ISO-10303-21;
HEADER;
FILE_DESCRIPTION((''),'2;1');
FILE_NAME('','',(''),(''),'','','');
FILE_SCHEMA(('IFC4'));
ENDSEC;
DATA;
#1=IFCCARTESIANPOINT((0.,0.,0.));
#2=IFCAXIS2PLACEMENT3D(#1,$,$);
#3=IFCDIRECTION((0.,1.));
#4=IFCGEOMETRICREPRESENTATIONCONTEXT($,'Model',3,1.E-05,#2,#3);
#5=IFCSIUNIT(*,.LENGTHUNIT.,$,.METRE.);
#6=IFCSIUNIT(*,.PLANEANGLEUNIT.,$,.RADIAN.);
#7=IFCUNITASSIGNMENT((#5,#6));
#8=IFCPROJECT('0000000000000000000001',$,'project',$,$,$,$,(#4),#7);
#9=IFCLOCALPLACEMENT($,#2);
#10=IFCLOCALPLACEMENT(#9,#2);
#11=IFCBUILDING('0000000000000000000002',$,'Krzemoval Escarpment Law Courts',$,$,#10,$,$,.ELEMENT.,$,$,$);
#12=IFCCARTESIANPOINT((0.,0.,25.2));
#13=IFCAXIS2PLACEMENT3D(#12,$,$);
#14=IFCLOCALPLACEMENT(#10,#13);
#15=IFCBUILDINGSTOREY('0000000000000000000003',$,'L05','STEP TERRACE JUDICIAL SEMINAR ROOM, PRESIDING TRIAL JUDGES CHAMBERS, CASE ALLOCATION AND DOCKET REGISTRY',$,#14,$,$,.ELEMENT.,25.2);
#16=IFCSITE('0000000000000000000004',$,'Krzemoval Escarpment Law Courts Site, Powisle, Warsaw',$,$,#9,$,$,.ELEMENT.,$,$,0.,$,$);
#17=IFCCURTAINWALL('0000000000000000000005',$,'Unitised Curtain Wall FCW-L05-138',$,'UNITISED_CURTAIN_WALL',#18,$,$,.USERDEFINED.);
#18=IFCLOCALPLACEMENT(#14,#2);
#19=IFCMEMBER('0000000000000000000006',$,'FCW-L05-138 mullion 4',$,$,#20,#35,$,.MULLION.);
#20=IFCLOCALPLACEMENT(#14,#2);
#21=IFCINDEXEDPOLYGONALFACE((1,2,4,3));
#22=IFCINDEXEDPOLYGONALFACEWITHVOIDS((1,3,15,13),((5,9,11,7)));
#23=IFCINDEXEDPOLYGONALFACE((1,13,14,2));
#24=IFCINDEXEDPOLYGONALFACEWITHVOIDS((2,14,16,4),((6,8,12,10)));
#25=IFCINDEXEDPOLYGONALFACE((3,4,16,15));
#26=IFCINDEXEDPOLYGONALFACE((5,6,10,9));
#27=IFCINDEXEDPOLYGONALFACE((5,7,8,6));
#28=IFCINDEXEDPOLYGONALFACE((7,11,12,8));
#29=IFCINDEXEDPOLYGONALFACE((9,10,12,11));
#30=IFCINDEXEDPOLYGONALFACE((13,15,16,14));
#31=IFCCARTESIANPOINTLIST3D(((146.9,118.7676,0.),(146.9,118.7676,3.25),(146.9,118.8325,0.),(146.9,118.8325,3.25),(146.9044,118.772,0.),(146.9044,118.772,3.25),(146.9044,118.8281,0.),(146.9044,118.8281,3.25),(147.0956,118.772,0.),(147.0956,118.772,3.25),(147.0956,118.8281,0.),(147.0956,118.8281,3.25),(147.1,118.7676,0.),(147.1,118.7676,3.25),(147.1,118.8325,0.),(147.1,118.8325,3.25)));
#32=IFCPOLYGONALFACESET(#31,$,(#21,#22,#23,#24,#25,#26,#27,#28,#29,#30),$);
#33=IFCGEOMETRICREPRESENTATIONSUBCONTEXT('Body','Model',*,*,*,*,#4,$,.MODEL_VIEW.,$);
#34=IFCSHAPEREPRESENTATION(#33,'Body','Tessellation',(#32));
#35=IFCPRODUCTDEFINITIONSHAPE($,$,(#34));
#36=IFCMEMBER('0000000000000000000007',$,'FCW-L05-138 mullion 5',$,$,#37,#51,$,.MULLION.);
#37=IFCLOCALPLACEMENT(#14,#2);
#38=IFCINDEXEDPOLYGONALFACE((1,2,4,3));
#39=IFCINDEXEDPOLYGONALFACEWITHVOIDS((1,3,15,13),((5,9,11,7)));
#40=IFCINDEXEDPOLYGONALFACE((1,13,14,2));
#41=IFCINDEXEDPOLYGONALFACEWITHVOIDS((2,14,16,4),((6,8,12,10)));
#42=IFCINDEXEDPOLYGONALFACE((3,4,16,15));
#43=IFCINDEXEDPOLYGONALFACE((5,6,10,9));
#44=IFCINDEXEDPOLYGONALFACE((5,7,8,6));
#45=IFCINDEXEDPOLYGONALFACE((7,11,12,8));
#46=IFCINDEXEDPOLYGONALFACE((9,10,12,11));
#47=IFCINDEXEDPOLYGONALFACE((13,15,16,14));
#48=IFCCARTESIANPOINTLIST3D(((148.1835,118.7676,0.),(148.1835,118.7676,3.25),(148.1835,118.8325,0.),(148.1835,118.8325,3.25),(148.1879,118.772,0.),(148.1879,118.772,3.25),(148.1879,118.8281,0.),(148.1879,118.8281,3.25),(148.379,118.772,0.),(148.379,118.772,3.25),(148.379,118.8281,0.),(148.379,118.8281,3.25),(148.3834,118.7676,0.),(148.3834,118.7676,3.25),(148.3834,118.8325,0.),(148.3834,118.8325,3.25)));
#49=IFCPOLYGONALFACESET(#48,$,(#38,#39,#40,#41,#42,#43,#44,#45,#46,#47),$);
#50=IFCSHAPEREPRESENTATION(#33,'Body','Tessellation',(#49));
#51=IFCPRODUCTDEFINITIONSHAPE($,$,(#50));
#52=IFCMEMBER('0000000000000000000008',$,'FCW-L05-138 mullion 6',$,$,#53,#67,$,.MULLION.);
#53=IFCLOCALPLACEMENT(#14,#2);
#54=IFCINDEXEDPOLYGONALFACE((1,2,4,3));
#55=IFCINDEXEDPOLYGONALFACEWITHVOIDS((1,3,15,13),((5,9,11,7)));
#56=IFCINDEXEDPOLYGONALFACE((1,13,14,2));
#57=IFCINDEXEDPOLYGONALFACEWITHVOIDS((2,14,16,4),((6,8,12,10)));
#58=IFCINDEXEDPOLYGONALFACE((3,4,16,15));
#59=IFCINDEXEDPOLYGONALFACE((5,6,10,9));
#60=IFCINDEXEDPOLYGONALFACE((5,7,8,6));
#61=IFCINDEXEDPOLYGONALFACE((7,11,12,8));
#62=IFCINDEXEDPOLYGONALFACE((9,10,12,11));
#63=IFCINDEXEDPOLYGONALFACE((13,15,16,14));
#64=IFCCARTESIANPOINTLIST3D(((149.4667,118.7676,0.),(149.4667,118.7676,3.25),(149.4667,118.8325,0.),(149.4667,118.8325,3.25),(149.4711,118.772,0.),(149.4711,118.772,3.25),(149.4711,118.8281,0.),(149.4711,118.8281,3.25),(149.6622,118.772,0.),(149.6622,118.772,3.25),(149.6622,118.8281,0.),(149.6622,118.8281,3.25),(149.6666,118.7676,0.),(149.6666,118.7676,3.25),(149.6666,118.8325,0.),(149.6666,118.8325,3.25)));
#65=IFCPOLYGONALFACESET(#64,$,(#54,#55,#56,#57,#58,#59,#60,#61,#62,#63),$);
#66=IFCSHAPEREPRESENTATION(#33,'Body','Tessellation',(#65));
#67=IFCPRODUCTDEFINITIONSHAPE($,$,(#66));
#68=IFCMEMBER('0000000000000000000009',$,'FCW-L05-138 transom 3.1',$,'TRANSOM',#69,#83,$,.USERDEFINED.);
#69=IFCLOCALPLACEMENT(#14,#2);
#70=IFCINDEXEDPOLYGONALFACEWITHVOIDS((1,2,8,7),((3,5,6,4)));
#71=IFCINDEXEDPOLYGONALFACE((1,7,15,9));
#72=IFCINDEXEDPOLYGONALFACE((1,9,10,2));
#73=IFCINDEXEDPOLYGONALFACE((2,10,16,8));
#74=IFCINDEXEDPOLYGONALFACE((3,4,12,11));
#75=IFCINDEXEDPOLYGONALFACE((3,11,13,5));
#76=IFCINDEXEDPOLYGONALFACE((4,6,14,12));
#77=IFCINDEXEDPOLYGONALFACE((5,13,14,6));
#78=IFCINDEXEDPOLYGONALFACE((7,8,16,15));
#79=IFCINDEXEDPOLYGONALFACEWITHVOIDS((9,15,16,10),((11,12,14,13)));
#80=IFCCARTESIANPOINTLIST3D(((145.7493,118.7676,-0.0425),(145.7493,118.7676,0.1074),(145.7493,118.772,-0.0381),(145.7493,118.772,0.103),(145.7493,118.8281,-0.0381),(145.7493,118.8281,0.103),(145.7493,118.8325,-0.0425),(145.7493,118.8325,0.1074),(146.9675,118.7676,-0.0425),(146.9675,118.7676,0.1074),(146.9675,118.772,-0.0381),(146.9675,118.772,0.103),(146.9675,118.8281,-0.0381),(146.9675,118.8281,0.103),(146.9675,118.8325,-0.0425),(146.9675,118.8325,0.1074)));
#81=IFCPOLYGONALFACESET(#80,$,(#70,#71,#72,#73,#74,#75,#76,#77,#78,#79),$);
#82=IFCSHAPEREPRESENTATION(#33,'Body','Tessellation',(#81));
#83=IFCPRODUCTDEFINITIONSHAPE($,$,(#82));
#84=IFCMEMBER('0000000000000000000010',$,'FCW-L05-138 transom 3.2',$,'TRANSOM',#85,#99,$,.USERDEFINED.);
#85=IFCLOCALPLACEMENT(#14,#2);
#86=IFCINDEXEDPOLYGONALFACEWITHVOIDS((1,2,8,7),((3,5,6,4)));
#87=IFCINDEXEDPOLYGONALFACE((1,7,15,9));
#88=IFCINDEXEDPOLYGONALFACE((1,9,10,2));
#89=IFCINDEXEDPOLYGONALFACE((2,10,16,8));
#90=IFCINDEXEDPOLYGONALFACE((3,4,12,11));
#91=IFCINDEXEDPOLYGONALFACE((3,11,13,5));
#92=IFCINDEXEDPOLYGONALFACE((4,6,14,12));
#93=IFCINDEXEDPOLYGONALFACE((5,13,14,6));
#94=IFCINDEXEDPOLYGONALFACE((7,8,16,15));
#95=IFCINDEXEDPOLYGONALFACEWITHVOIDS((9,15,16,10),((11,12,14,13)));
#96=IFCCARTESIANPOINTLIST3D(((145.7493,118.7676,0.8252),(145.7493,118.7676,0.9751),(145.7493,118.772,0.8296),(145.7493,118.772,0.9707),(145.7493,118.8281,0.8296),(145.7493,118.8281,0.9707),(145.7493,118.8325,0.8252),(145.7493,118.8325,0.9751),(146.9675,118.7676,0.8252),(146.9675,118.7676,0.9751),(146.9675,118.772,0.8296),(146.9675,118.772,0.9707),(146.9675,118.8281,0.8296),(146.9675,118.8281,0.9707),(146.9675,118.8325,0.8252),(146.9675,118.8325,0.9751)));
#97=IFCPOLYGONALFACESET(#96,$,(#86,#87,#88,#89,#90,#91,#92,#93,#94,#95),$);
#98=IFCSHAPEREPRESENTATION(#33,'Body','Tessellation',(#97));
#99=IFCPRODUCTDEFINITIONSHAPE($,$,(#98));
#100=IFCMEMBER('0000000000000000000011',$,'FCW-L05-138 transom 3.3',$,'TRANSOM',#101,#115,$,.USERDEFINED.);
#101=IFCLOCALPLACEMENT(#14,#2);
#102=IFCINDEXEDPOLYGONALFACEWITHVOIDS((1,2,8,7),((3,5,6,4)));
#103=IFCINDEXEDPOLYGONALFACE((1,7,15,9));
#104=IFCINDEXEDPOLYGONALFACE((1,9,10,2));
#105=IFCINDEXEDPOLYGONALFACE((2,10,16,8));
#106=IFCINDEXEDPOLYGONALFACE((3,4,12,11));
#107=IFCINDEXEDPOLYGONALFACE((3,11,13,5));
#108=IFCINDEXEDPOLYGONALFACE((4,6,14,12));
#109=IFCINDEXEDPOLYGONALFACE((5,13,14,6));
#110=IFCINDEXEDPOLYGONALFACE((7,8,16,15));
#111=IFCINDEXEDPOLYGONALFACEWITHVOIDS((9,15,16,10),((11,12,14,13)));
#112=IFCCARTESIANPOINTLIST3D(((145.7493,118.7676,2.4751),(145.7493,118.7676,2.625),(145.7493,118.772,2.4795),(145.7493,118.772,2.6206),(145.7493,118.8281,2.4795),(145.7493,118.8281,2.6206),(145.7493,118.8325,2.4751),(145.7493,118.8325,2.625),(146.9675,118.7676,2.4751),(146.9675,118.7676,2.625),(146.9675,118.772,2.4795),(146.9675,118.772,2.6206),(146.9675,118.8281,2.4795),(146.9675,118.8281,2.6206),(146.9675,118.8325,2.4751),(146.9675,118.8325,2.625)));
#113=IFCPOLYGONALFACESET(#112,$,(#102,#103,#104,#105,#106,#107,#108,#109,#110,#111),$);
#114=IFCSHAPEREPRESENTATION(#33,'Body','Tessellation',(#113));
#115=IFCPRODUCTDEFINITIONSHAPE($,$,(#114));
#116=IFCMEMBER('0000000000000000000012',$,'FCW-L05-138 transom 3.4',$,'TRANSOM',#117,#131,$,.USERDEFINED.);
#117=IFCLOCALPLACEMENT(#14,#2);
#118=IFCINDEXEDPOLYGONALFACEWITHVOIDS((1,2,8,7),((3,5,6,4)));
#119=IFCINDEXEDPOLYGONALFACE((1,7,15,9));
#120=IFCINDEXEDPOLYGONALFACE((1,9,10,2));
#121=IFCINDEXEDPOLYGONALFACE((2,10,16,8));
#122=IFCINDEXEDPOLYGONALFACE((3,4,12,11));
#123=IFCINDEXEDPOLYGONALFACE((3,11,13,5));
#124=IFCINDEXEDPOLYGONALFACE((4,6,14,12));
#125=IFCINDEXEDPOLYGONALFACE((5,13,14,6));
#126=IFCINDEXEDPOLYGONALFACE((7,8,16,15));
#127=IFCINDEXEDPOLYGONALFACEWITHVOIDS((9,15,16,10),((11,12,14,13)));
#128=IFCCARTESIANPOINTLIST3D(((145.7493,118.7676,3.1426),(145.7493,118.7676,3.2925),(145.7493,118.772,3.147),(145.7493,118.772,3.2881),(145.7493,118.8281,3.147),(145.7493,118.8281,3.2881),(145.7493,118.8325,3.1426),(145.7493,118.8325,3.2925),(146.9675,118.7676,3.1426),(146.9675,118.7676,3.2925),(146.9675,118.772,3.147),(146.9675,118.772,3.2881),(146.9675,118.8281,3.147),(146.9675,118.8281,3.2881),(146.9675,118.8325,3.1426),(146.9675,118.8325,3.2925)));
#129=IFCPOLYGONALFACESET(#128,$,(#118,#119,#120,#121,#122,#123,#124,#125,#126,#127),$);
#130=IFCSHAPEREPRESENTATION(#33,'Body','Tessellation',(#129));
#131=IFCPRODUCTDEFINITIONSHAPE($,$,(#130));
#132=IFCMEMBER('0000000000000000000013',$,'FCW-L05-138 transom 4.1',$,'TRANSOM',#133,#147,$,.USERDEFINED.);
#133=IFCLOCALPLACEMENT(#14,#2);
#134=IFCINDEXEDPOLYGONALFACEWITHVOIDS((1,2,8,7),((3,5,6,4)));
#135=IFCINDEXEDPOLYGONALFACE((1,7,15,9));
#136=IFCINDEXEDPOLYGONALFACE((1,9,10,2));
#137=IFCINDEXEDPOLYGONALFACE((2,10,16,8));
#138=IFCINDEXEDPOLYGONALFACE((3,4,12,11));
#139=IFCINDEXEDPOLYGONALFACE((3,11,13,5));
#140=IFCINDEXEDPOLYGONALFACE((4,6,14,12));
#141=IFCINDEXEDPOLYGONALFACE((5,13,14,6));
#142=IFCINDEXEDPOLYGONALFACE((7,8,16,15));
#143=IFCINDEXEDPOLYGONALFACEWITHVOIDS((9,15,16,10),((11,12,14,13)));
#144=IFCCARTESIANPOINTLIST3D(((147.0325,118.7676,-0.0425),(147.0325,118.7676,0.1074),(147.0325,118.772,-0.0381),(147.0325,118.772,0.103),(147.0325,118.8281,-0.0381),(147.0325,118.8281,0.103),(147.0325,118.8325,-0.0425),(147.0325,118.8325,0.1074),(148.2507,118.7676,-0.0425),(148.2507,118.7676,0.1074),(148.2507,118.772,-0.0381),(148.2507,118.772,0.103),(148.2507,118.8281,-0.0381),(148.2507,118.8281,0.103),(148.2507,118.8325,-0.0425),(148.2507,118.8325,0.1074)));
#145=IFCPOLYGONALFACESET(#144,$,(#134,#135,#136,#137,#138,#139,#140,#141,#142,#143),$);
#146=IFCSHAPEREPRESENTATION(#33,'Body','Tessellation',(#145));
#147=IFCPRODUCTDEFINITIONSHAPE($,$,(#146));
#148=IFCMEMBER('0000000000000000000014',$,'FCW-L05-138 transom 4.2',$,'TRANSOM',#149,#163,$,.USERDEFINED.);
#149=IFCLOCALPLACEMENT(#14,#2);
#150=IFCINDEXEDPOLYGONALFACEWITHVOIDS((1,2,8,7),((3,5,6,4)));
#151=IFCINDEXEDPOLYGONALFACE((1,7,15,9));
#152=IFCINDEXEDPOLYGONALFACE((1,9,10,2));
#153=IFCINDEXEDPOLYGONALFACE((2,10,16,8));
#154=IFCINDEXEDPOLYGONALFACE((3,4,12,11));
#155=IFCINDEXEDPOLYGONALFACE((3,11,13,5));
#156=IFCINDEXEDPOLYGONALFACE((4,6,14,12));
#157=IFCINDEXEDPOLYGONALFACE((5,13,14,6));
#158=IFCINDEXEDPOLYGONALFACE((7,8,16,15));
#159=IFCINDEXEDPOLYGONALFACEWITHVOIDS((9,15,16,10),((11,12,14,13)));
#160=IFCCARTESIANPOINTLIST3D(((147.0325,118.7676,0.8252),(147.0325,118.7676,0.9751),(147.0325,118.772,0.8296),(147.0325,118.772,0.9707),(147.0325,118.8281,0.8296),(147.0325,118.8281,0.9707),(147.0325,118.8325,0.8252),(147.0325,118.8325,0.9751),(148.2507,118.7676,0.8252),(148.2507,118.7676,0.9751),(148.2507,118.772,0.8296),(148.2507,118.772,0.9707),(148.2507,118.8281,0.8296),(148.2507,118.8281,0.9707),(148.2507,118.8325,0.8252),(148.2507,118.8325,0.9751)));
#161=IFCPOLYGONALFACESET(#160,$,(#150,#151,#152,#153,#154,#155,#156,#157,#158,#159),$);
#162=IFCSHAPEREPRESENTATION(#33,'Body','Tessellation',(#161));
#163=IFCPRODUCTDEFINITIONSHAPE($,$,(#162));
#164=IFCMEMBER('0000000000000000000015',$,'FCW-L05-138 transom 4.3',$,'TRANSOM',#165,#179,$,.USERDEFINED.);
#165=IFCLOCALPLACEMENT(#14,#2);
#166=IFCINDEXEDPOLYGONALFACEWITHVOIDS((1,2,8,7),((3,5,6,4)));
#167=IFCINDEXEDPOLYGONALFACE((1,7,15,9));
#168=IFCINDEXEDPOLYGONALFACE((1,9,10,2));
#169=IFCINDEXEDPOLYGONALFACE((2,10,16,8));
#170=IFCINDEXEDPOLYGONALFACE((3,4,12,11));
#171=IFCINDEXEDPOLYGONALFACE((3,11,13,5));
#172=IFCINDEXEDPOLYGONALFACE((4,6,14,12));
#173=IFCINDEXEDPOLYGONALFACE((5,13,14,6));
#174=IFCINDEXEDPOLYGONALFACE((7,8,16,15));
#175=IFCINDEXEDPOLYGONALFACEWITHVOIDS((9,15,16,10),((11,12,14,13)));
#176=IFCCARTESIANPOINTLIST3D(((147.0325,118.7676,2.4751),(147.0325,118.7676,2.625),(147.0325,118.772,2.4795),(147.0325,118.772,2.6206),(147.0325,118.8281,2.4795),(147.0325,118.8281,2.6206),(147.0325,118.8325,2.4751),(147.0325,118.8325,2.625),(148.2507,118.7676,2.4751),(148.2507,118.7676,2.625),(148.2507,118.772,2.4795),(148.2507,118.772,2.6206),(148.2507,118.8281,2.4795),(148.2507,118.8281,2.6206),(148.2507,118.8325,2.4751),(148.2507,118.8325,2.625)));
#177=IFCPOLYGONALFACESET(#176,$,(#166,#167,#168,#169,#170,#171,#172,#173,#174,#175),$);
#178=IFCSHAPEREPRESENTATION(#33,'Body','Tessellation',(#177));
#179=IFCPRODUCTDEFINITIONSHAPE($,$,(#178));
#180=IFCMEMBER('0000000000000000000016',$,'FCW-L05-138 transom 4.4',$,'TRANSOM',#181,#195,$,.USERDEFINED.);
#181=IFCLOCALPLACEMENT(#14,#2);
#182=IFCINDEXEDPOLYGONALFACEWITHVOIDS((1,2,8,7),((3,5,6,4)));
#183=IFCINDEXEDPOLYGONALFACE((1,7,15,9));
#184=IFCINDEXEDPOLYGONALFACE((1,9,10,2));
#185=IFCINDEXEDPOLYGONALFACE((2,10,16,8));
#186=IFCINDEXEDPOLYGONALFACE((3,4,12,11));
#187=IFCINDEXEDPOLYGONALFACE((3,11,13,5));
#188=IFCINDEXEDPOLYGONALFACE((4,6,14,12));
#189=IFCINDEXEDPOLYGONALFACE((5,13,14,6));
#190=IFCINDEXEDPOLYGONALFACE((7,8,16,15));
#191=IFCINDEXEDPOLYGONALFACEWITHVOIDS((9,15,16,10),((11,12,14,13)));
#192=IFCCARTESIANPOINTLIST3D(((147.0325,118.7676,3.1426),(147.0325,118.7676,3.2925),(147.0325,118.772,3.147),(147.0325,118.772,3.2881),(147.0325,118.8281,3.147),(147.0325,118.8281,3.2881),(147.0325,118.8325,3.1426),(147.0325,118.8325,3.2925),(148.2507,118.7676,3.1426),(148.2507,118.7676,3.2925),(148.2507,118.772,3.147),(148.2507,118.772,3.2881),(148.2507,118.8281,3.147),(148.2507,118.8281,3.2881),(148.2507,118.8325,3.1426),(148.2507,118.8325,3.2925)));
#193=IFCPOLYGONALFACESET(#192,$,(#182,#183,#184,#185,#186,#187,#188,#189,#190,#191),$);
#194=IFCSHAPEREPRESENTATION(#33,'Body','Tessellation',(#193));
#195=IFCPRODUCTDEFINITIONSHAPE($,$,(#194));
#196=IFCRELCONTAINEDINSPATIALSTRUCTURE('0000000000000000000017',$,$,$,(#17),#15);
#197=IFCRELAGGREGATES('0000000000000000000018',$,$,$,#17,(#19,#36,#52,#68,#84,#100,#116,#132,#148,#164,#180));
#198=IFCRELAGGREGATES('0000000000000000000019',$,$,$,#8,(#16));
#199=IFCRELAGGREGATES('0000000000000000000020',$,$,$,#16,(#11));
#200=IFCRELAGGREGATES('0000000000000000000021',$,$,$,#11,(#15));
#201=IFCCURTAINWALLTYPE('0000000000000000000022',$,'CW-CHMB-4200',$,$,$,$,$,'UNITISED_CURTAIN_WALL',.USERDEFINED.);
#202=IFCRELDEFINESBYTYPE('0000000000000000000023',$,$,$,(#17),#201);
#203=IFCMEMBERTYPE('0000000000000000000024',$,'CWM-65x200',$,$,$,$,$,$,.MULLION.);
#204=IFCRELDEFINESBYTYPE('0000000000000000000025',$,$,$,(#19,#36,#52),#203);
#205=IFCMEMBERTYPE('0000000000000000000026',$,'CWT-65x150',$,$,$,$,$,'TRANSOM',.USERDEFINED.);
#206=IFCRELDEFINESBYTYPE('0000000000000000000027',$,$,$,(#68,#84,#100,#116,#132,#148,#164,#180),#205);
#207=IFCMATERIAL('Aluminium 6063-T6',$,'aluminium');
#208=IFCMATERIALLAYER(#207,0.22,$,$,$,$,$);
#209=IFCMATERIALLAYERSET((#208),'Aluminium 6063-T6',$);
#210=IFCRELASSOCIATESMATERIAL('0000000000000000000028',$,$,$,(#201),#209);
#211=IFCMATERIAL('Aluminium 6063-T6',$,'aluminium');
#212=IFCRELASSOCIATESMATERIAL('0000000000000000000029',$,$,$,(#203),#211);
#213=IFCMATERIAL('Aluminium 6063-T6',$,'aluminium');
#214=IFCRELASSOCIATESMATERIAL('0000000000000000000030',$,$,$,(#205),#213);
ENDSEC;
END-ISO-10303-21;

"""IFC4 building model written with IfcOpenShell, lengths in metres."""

from ifc_helpers import new_model, si_unit, direction, frame, origin, origin_2d, place, context, subcontext, project, spatial, hollow_rectangle, extrude, material, layer, layer_set, material_profile, profile_set, type_object, element, aggregate, save


model = new_model("IFC4")

# Units and contexts
model_context = context("Model", 3, precision=1e-05, world=origin(), true_north=direction((0.0, 1.0)))
body_context = subcontext(model_context, "Body", "Model", "MODEL_VIEW")
ifc_project = project(units=[si_unit("LENGTHUNIT", "METRE"), si_unit("PLANEANGLEUNIT", "RADIAN")], contexts=[model_context])

# Site, building, storey
site_placement = place(None, origin())
site = spatial("IfcSite", under=ifc_project, at=site_placement, Name="Krzemoval Escarpment Law Courts Site, Powisle, Warsaw", CompositionType="ELEMENT", RefElevation=0.0)
building_placement = place(site_placement, origin())
building = spatial("IfcBuilding", under=site, at=building_placement, Name="Krzemoval Escarpment Law Courts", CompositionType="ELEMENT")
storey_placement = place(building_placement, frame((0.0, 0.0, 25.2)))
storey = spatial("IfcBuildingStorey", under=building, at=storey_placement, Name="L05", Description="STEP TERRACE JUDICIAL SEMINAR ROOM, PRESIDING TRIAL JUDGES CHAMBERS, CASE ALLOCATION AND DOCKET REGISTRY", CompositionType="ELEMENT", Elevation=25.2)

# Curtain wall, members
ifc_material_1 = material(Name="Aluminium 6063-T6", Category="aluminium")
ifc_layer_1 = layer(ifc_material_1, 0.22)
ifc_layer_set_1 = layer_set([ifc_layer_1], Name="Aluminium 6063-T6")
curtain_wall_type = type_object("IfcCurtainWallType", Name="CW-CHMB-4200", ElementType="UNITISED_CURTAIN_WALL", PredefinedType="USERDEFINED", material=ifc_layer_set_1)
curtain_wall_placement = place(storey_placement, origin())
curtain_wall = element("IfcCurtainWall", 1, at=curtain_wall_placement, inside=storey, type_object=curtain_wall_type, Name="Unitised Curtain Wall FCW-L05-138", ObjectType="UNITISED_CURTAIN_WALL", PredefinedType="USERDEFINED")
ifc_material_2 = material(Name="Aluminium 6063-T6", Category="aluminium")
ifc_material_profile_1 = material_profile(ifc_material_2, hollow_rectangle(XDim=0.0649, YDim=0.2, WallThickness=0.0044, at=origin_2d()), Name="ALU M65x200")
ifc_profile_set_1 = profile_set([ifc_material_profile_1], Name="Aluminium 6063-T6")
member_type_1 = type_object("IfcMemberType", Name="CWM-65x200", PredefinedType="MULLION", material=ifc_profile_set_1)
member_1_placement = place(storey_placement, frame((147.0, 118.8, 0.0), z_axis=(0.0, 0.0, 1.0), x_axis=(0.0, 1.0, 0.0)))
member_1 = element("IfcMember", 2, at=member_1_placement, type_object=member_type_1, Name="FCW-L05-138 mullion 4", PredefinedType="MULLION", context=body_context, shape_type="SweptSolid", body=[
    extrude(hollow_rectangle(XDim=0.0649, YDim=0.2, WallThickness=0.0044, at=origin_2d()), origin(), (0.0, 0.0, 1.0), 3.25),
])
member_2_placement = place(storey_placement, frame((148.2834, 118.8, 0.0), z_axis=(0.0, 0.0, 1.0), x_axis=(0.0, 1.0, 0.0)))
member_2 = element("IfcMember", 3, at=member_2_placement, type_object=member_type_1, Name="FCW-L05-138 mullion 5", PredefinedType="MULLION", context=body_context, shape_type="SweptSolid", body=[
    extrude(hollow_rectangle(XDim=0.0649, YDim=0.2, WallThickness=0.0044, at=origin_2d()), origin(), (0.0, 0.0, 1.0), 3.25),
])
member_3_placement = place(storey_placement, frame((149.5667, 118.8, 0.0), z_axis=(0.0, 0.0, 1.0), x_axis=(0.0, 1.0, 0.0)))
member_3 = element("IfcMember", 4, at=member_3_placement, type_object=member_type_1, Name="FCW-L05-138 mullion 6", PredefinedType="MULLION", context=body_context, shape_type="SweptSolid", body=[
    extrude(hollow_rectangle(XDim=0.0649, YDim=0.2, WallThickness=0.0044, at=origin_2d()), origin(), (0.0, 0.0, 1.0), 3.25),
])
ifc_material_3 = material(Name="Aluminium 6063-T6", Category="aluminium")
ifc_material_profile_2 = material_profile(ifc_material_3, hollow_rectangle(XDim=0.0649, YDim=0.1499, WallThickness=0.0044, at=origin_2d()), Name="ALU T65x150")
ifc_profile_set_2 = profile_set([ifc_material_profile_2], Name="Aluminium 6063-T6")
member_type_2 = type_object("IfcMemberType", Name="CWT-65x150", ElementType="TRANSOM", PredefinedType="USERDEFINED", material=ifc_profile_set_2)
member_4_placement = place(storey_placement, frame((145.7493, 118.8, 0.0325), z_axis=(1.0, 0.0, 0.0), x_axis=(0.0, 1.0, 0.0)))
member_4 = element("IfcMember", 5, at=member_4_placement, type_object=member_type_2, Name="FCW-L05-138 transom 3.1", ObjectType="TRANSOM", PredefinedType="USERDEFINED", context=body_context, shape_type="SweptSolid", body=[
    extrude(hollow_rectangle(XDim=0.0649, YDim=0.1499, WallThickness=0.0044, at=origin_2d()), origin(), (0.0, 0.0, 1.0), 1.2183),
])
member_5_placement = place(storey_placement, frame((145.7493, 118.8, 0.9001), z_axis=(1.0, 0.0, 0.0), x_axis=(0.0, 1.0, 0.0)))
member_5 = element("IfcMember", 6, at=member_5_placement, type_object=member_type_2, Name="FCW-L05-138 transom 3.2", ObjectType="TRANSOM", PredefinedType="USERDEFINED", context=body_context, shape_type="SweptSolid", body=[
    extrude(hollow_rectangle(XDim=0.0649, YDim=0.1499, WallThickness=0.0044, at=origin_2d()), origin(), (0.0, 0.0, 1.0), 1.2183),
])
member_6_placement = place(storey_placement, frame((145.7493, 118.8, 2.55), z_axis=(1.0, 0.0, 0.0), x_axis=(0.0, 1.0, 0.0)))
member_6 = element("IfcMember", 7, at=member_6_placement, type_object=member_type_2, Name="FCW-L05-138 transom 3.3", ObjectType="TRANSOM", PredefinedType="USERDEFINED", context=body_context, shape_type="SweptSolid", body=[
    extrude(hollow_rectangle(XDim=0.0649, YDim=0.1499, WallThickness=0.0044, at=origin_2d()), origin(), (0.0, 0.0, 1.0), 1.2183),
])
member_7_placement = place(storey_placement, frame((145.7493, 118.8, 3.2175), z_axis=(1.0, 0.0, 0.0), x_axis=(0.0, 1.0, 0.0)))
member_7 = element("IfcMember", 8, at=member_7_placement, type_object=member_type_2, Name="FCW-L05-138 transom 3.4", ObjectType="TRANSOM", PredefinedType="USERDEFINED", context=body_context, shape_type="SweptSolid", body=[
    extrude(hollow_rectangle(XDim=0.0649, YDim=0.1499, WallThickness=0.0044, at=origin_2d()), origin(), (0.0, 0.0, 1.0), 1.2183),
])
member_8_placement = place(storey_placement, frame((147.0325, 118.8, 0.0325), z_axis=(1.0, 0.0, 0.0), x_axis=(0.0, 1.0, 0.0)))
member_8 = element("IfcMember", 9, at=member_8_placement, type_object=member_type_2, Name="FCW-L05-138 transom 4.1", ObjectType="TRANSOM", PredefinedType="USERDEFINED", context=body_context, shape_type="SweptSolid", body=[
    extrude(hollow_rectangle(XDim=0.0649, YDim=0.1499, WallThickness=0.0044, at=origin_2d()), origin(), (0.0, 0.0, 1.0), 1.2183),
])
member_9_placement = place(storey_placement, frame((147.0325, 118.8, 0.9001), z_axis=(1.0, 0.0, 0.0), x_axis=(0.0, 1.0, 0.0)))
member_9 = element("IfcMember", 10, at=member_9_placement, type_object=member_type_2, Name="FCW-L05-138 transom 4.2", ObjectType="TRANSOM", PredefinedType="USERDEFINED", context=body_context, shape_type="SweptSolid", body=[
    extrude(hollow_rectangle(XDim=0.0649, YDim=0.1499, WallThickness=0.0044, at=origin_2d()), origin(), (0.0, 0.0, 1.0), 1.2183),
])
member_10_placement = place(storey_placement, frame((147.0325, 118.8, 2.55), z_axis=(1.0, 0.0, 0.0), x_axis=(0.0, 1.0, 0.0)))
member_10 = element("IfcMember", 11, at=member_10_placement, type_object=member_type_2, Name="FCW-L05-138 transom 4.3", ObjectType="TRANSOM", PredefinedType="USERDEFINED", context=body_context, shape_type="SweptSolid", body=[
    extrude(hollow_rectangle(XDim=0.0649, YDim=0.1499, WallThickness=0.0044, at=origin_2d()), origin(), (0.0, 0.0, 1.0), 1.2183),
])
member_11_placement = place(storey_placement, frame((147.0325, 118.8, 3.2175), z_axis=(1.0, 0.0, 0.0), x_axis=(0.0, 1.0, 0.0)))
member_11 = element("IfcMember", 12, at=member_11_placement, type_object=member_type_2, Name="FCW-L05-138 transom 4.4", ObjectType="TRANSOM", PredefinedType="USERDEFINED", context=body_context, shape_type="SweptSolid", body=[
    extrude(hollow_rectangle(XDim=0.0649, YDim=0.1499, WallThickness=0.0044, at=origin_2d()), origin(), (0.0, 0.0, 1.0), 1.2183),
])
aggregate(curtain_wall, [member_1, member_2, member_3, member_4, member_5, member_6, member_7, member_8, member_9, member_10, member_11])

save(model, "model.ifc")
